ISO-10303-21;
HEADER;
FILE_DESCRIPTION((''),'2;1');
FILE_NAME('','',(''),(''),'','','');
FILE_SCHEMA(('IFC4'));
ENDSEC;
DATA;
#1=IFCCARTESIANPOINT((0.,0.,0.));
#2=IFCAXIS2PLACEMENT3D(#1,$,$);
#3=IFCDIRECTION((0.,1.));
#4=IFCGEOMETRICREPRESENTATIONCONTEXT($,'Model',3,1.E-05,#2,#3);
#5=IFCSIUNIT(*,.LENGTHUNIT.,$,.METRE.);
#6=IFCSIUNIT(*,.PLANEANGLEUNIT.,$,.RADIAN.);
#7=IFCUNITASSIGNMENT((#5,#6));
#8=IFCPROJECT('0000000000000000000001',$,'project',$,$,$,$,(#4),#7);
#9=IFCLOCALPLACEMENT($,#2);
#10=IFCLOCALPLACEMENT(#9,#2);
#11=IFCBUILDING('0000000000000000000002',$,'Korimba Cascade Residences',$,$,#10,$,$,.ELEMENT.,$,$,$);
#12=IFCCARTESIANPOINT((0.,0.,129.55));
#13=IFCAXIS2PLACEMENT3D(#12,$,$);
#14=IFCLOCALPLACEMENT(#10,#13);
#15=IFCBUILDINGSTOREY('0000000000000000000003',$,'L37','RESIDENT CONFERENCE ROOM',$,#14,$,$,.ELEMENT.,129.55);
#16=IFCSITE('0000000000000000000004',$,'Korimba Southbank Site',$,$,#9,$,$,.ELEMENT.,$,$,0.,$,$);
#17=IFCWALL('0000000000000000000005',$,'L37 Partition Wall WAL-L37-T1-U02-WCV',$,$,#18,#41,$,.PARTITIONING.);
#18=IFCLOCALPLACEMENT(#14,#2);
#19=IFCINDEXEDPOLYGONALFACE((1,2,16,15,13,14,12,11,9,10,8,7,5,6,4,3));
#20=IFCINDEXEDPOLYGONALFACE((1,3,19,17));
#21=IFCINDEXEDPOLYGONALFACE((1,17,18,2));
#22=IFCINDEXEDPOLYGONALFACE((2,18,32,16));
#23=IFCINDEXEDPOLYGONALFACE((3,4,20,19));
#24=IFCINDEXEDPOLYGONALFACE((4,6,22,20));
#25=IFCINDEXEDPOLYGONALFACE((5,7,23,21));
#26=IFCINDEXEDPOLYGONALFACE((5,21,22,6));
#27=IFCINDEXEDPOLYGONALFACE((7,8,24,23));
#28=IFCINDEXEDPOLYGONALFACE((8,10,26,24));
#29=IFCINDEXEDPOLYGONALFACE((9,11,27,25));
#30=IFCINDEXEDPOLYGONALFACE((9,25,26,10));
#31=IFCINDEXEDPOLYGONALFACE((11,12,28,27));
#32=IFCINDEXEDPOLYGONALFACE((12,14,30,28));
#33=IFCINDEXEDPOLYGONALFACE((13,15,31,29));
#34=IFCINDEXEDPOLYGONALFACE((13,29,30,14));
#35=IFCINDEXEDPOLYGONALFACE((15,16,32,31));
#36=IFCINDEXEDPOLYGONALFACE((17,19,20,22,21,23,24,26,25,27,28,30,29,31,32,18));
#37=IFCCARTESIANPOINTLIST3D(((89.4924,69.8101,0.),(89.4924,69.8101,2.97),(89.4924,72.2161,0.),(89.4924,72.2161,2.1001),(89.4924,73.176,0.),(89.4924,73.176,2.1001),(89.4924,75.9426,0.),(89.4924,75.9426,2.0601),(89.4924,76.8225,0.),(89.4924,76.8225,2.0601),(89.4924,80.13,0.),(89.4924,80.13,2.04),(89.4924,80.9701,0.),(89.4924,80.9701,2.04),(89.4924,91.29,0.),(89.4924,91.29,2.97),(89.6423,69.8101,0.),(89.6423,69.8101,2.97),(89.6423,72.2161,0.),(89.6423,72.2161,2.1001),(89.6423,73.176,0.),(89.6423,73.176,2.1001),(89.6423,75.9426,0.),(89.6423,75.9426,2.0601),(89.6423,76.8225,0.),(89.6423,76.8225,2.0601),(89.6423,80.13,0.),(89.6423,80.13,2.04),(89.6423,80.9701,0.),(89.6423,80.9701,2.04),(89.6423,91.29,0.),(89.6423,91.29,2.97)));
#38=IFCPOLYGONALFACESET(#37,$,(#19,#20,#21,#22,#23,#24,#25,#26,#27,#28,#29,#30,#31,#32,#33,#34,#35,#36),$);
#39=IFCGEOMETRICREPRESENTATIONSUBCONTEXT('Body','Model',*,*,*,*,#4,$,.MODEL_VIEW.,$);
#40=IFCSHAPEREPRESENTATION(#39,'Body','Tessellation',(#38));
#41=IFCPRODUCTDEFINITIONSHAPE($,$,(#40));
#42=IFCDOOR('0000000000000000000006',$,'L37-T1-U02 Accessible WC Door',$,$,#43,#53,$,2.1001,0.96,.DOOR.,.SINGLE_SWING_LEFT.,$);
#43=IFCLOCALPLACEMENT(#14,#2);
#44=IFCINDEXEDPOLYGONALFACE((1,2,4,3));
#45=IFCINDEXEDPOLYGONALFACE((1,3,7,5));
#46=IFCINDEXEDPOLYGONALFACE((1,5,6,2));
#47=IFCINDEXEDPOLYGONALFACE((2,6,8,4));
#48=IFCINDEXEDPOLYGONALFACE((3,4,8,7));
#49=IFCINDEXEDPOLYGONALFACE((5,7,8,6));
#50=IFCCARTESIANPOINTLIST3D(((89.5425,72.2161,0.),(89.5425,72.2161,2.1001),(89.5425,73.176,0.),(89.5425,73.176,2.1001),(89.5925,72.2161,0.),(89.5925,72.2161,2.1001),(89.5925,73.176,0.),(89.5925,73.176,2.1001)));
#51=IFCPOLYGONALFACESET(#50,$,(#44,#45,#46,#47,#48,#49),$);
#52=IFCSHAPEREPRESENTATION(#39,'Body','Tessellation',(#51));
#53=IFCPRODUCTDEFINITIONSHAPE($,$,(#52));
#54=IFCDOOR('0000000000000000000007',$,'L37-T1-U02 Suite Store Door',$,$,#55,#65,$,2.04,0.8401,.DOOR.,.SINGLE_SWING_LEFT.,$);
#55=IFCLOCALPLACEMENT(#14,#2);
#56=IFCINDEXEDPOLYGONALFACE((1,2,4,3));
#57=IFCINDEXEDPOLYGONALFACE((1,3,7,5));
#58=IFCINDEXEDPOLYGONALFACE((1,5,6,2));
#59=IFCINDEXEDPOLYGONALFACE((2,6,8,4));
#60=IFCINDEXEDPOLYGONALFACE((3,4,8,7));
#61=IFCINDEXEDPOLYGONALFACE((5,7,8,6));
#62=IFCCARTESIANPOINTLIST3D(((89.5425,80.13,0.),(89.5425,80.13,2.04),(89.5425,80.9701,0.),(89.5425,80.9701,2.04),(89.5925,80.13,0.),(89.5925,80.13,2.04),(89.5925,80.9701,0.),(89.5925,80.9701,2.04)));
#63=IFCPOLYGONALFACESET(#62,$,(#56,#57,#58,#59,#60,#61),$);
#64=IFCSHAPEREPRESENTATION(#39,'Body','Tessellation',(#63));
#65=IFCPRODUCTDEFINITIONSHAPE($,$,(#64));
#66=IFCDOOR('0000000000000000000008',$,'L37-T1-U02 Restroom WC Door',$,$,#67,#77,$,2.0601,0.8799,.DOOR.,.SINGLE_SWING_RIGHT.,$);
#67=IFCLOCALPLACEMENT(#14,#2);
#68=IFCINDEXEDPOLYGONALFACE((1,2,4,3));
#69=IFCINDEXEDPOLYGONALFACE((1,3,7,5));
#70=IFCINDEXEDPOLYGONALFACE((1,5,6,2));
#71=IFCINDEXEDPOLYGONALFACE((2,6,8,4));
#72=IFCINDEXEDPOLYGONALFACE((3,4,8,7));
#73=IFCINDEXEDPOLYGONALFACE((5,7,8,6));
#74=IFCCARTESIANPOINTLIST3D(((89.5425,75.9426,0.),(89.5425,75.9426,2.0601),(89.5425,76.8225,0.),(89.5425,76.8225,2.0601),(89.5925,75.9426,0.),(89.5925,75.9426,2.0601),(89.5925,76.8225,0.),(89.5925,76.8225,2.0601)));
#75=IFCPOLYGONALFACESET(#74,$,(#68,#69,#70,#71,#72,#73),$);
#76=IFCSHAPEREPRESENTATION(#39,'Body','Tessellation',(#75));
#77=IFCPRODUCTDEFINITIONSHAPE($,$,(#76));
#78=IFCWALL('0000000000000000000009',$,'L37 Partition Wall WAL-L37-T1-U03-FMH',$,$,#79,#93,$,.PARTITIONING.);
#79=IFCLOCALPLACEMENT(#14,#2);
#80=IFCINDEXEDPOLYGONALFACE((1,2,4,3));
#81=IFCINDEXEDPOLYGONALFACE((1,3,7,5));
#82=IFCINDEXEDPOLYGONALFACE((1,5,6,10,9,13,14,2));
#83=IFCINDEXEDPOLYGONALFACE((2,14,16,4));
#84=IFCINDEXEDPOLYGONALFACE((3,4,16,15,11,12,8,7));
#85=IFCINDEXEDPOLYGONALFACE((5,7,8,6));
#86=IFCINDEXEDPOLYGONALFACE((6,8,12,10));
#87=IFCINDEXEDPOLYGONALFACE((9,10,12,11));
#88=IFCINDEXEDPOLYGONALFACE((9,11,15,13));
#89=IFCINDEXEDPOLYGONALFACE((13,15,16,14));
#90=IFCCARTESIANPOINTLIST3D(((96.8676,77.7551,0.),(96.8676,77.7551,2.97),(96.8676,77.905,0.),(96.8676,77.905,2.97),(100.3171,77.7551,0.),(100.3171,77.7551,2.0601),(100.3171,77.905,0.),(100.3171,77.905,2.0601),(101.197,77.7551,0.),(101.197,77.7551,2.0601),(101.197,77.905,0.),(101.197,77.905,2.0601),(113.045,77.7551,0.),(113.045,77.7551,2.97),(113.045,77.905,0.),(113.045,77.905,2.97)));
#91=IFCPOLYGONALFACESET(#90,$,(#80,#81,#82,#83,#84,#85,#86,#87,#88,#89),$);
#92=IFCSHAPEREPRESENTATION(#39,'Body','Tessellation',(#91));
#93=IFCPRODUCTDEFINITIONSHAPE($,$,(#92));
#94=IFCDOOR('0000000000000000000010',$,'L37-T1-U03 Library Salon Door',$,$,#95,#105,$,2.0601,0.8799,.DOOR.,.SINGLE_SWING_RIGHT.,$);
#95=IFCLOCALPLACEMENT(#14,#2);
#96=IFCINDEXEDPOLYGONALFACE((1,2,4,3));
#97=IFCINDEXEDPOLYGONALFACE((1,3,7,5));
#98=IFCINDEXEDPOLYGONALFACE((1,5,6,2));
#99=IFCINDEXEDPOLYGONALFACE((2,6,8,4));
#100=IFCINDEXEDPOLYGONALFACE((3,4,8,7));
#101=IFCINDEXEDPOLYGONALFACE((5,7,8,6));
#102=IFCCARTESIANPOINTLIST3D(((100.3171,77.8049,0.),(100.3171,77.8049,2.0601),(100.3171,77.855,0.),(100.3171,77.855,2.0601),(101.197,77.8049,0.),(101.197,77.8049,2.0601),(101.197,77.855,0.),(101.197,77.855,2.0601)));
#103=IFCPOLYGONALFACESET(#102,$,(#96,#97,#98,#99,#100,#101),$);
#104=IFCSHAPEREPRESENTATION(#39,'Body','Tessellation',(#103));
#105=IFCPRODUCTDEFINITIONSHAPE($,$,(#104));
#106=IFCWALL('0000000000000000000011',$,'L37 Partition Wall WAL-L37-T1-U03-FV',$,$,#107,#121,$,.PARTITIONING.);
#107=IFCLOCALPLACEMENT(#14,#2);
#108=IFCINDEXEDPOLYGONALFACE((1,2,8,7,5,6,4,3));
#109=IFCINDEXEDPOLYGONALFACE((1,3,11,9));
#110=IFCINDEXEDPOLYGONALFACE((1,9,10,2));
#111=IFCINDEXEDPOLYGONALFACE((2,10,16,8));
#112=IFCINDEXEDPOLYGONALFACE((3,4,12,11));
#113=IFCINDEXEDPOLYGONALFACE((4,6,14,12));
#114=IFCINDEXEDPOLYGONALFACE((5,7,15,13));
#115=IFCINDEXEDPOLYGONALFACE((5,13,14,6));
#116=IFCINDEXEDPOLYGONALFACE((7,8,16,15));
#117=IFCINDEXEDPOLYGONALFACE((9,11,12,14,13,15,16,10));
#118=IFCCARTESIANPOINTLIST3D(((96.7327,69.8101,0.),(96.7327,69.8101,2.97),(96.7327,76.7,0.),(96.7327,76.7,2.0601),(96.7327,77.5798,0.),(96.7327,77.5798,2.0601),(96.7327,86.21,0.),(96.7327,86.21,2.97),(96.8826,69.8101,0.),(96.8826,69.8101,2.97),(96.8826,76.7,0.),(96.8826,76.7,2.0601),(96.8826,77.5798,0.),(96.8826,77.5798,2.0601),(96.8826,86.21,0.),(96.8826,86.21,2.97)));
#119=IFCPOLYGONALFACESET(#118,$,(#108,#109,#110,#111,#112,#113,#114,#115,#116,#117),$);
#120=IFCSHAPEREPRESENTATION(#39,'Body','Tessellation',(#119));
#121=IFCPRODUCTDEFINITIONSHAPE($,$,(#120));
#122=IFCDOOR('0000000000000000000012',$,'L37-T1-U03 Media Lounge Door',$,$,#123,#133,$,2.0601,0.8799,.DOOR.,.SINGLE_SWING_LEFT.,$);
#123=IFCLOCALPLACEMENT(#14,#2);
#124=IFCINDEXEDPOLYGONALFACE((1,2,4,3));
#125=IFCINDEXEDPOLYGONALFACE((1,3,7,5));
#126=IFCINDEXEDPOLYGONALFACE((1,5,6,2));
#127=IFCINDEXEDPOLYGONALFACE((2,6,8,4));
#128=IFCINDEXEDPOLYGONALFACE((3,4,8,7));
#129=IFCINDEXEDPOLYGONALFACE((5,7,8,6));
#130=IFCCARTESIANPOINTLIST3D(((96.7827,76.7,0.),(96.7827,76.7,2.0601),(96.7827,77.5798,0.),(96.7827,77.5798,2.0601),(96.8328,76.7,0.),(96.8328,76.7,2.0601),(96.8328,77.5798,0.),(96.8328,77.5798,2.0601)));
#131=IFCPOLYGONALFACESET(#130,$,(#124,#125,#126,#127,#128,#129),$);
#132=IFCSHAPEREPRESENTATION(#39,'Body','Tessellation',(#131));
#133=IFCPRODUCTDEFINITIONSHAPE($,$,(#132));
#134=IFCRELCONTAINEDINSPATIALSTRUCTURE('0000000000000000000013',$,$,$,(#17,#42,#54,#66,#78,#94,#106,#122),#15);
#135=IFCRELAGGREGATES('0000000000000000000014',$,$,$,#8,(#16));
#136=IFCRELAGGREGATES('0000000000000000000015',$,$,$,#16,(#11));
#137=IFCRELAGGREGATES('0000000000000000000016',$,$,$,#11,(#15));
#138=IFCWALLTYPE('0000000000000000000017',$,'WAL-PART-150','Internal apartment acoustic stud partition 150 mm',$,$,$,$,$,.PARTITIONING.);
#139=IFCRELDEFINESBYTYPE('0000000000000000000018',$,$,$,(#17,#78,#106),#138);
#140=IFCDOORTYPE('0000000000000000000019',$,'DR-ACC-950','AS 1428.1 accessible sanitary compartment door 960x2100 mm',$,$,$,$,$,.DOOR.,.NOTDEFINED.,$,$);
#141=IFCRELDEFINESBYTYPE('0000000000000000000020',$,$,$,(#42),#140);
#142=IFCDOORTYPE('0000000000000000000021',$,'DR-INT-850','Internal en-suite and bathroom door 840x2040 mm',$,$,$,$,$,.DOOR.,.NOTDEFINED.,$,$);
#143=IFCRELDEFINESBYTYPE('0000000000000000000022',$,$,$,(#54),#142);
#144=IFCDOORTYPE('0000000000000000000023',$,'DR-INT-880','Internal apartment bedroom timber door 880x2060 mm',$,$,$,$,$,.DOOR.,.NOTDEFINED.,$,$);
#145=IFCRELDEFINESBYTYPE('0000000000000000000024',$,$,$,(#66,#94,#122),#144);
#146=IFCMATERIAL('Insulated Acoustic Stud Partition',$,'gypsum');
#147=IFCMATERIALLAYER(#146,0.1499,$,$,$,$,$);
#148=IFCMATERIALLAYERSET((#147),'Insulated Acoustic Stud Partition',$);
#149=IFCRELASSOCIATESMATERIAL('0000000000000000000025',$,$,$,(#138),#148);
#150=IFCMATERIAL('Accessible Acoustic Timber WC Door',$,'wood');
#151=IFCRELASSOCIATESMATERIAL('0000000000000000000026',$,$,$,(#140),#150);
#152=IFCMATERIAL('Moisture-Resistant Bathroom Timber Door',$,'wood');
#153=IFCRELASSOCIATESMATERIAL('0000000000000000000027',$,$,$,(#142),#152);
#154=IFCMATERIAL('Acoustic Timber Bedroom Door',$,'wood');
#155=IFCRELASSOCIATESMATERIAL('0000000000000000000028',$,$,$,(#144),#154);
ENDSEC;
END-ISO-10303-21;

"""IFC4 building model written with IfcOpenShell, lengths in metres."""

from ifc_helpers import new_model, si_unit, direction, frame, frame_2d, origin, place, context, subcontext, project, spatial, rectangle, extrude, material, layer, layer_set, type_object, element, fill, save


model = new_model("IFC4")

# Units and contexts
model_context = context("Model", 3, precision=1e-05, world=origin(), true_north=direction((0.0, 1.0)))
body_context = subcontext(model_context, "Body", "Model", "MODEL_VIEW")
ifc_project = project(units=[si_unit("LENGTHUNIT", "METRE"), si_unit("PLANEANGLEUNIT", "RADIAN")], contexts=[model_context])

# Site, building, storey
site_placement = place(None, origin())
site = spatial("IfcSite", under=ifc_project, at=site_placement, Name="Korimba Southbank Site", CompositionType="ELEMENT", RefElevation=0.0)
building_placement = place(site_placement, origin())
building = spatial("IfcBuilding", under=site, at=building_placement, Name="Korimba Cascade Residences", CompositionType="ELEMENT")
storey_placement = place(building_placement, frame((0.0, 0.0, 129.55)))
storey = spatial("IfcBuildingStorey", under=building, at=storey_placement, Name="L37", Description="RESIDENT CONFERENCE ROOM", CompositionType="ELEMENT", Elevation=129.55)

# Shared definitions
ifc_material_1 = material(Name="Insulated Acoustic Stud Partition", Category="gypsum")
ifc_layer_1 = layer(ifc_material_1, 0.1499)
ifc_layer_set_1 = layer_set([ifc_layer_1], Name="Insulated Acoustic Stud Partition")
wall_type_1 = type_object("IfcWallType", Name="WAL-PART-150", Description="Internal apartment acoustic stud partition 150 mm", PredefinedType="PARTITIONING", material=ifc_layer_set_1)

# Wall, openings, doors
wall_1_placement = place(storey_placement, frame((89.5674, 69.8101, 0.0), z_axis=(0.0, 0.0, 1.0), x_axis=(0.0, 1.0, 0.0)))
wall_1 = element("IfcWall", 1, at=wall_1_placement, inside=storey, type_object=wall_type_1, Name="L37 Partition Wall WAL-L37-T1-U02-WCV", PredefinedType="PARTITIONING", context=body_context, shape_type="SweptSolid", body=[
    extrude(rectangle(XDim=21.48, YDim=0.1499, at=frame_2d((10.74, 0.0))), origin(), (0.0, 0.0, 1.0), 2.97),
])
opening_1_placement = place(wall_1_placement, frame((2.406, 0.0, 0.0)))
opening_1 = element("IfcOpeningElement", 2, at=opening_1_placement, cuts=wall_1, PredefinedType="OPENING", context=body_context, shape_type="SweptSolid", body=[
    extrude(rectangle(XDim=0.96, YDim=2.1001, at=frame_2d((0.48, 1.05))), frame((0.0, 0.085, 0.0), z_axis=(0.0, -1.0, 0.0), x_axis=(1.0, 0.0, 0.0)), (0.0, 0.0, 1.0), 0.1699),
])
opening_2_placement = place(wall_1_placement, frame((6.1326, 0.0, 0.0)))
opening_2 = element("IfcOpeningElement", 3, at=opening_2_placement, cuts=wall_1, PredefinedType="OPENING", context=body_context, shape_type="SweptSolid", body=[
    extrude(rectangle(XDim=0.8799, YDim=2.0601, at=frame_2d((0.4399, 1.03))), frame((0.0, 0.085, 0.0), z_axis=(0.0, -1.0, 0.0), x_axis=(1.0, 0.0, 0.0)), (0.0, 0.0, 1.0), 0.1699),
])
opening_3_placement = place(wall_1_placement, frame((10.3201, 0.0, 0.0)))
opening_3 = element("IfcOpeningElement", 4, at=opening_3_placement, cuts=wall_1, PredefinedType="OPENING", context=body_context, shape_type="SweptSolid", body=[
    extrude(rectangle(XDim=0.8401, YDim=2.04, at=frame_2d((0.4199, 1.02))), frame((0.0, 0.085, 0.0), z_axis=(0.0, -1.0, 0.0), x_axis=(1.0, 0.0, 0.0)), (0.0, 0.0, 1.0), 0.1699),
])
ifc_material_2 = material(Name="Accessible Acoustic Timber WC Door", Category="wood")
door_type_1 = type_object("IfcDoorType", Name="DR-ACC-950", Description="AS 1428.1 accessible sanitary compartment door 960x2100 mm", OperationType="NOTDEFINED", PredefinedType="DOOR", material=ifc_material_2)
door_1_placement = place(opening_1_placement, origin())
door_1 = element("IfcDoor", 5, at=door_1_placement, inside=storey, type_object=door_type_1, Name="L37-T1-U02 Accessible WC Door", OperationType="SINGLE_SWING_LEFT", OverallHeight=2.1001, OverallWidth=0.96, PredefinedType="DOOR", context=body_context, shape_type="SweptSolid", body=[
    extrude(rectangle(XDim=0.96, YDim=2.1001, at=frame_2d((0.48, 1.05))), frame((0.0, 0.0249, 0.0), z_axis=(0.0, -1.0, 0.0), x_axis=(1.0, 0.0, 0.0)), (0.0, 0.0, 1.0), 0.05),
])
fill(opening_1, door_1)
ifc_material_3 = material(Name="Moisture-Resistant Bathroom Timber Door", Category="wood")
door_type_2 = type_object("IfcDoorType", Name="DR-INT-850", Description="Internal en-suite and bathroom door 840x2040 mm", OperationType="NOTDEFINED", PredefinedType="DOOR", material=ifc_material_3)
door_2_placement = place(opening_3_placement, origin())
door_2 = element("IfcDoor", 6, at=door_2_placement, inside=storey, type_object=door_type_2, Name="L37-T1-U02 Suite Store Door", OperationType="SINGLE_SWING_LEFT", OverallHeight=2.04, OverallWidth=0.8401, PredefinedType="DOOR", context=body_context, shape_type="SweptSolid", body=[
    extrude(rectangle(XDim=0.8401, YDim=2.04, at=frame_2d((0.4199, 1.02))), frame((0.0, 0.0249, 0.0), z_axis=(0.0, -1.0, 0.0), x_axis=(1.0, 0.0, 0.0)), (0.0, 0.0, 1.0), 0.05),
])
fill(opening_3, door_2)
ifc_material_4 = material(Name="Acoustic Timber Bedroom Door", Category="wood")
door_type_3 = type_object("IfcDoorType", Name="DR-INT-880", Description="Internal apartment bedroom timber door 880x2060 mm", OperationType="NOTDEFINED", PredefinedType="DOOR", material=ifc_material_4)
door_3_placement = place(opening_2_placement, origin())
door_3 = element("IfcDoor", 7, at=door_3_placement, inside=storey, type_object=door_type_3, Name="L37-T1-U02 Restroom WC Door", OperationType="SINGLE_SWING_RIGHT", OverallHeight=2.0601, OverallWidth=0.8799, PredefinedType="DOOR", context=body_context, shape_type="SweptSolid", body=[
    extrude(rectangle(XDim=0.8799, YDim=2.0601, at=frame_2d((0.4399, 1.03))), frame((0.0, 0.0249, 0.0), z_axis=(0.0, -1.0, 0.0), x_axis=(1.0, 0.0, 0.0)), (0.0, 0.0, 1.0), 0.05),
])
fill(opening_2, door_3)

# Walls, openings, doors
wall_2_placement = place(storey_placement, frame((96.8674, 77.8301, 0.0), z_axis=(0.0, 0.0, 1.0), x_axis=(1.0, 0.0, 0.0)))
wall_2 = element("IfcWall", 8, at=wall_2_placement, inside=storey, type_object=wall_type_1, Name="L37 Partition Wall WAL-L37-T1-U03-FMH", PredefinedType="PARTITIONING", context=body_context, shape_type="SweptSolid", body=[
    extrude(rectangle(XDim=16.1775, YDim=0.1499, at=frame_2d((8.0889, 0.0))), origin(), (0.0, 0.0, 1.0), 2.97),
])
opening_4_placement = place(wall_2_placement, frame((3.4497, 0.0, 0.0)))
opening_4 = element("IfcOpeningElement", 9, at=opening_4_placement, cuts=wall_2, PredefinedType="OPENING", context=body_context, shape_type="SweptSolid", body=[
    extrude(rectangle(XDim=0.8799, YDim=2.0601, at=frame_2d((0.4399, 1.03))), frame((0.0, 0.085, 0.0), z_axis=(0.0, -1.0, 0.0), x_axis=(1.0, 0.0, 0.0)), (0.0, 0.0, 1.0), 0.1699),
])
door_4_placement = place(opening_4_placement, origin())
door_4 = element("IfcDoor", 10, at=door_4_placement, inside=storey, type_object=door_type_3, Name="L37-T1-U03 Library Salon Door", OperationType="SINGLE_SWING_RIGHT", OverallHeight=2.0601, OverallWidth=0.8799, PredefinedType="DOOR", context=body_context, shape_type="SweptSolid", body=[
    extrude(rectangle(XDim=0.8799, YDim=2.0601, at=frame_2d((0.4399, 1.03))), frame((0.0, 0.0249, 0.0), z_axis=(0.0, -1.0, 0.0), x_axis=(1.0, 0.0, 0.0)), (0.0, 0.0, 1.0), 0.05),
])
fill(opening_4, door_4)
wall_3_placement = place(storey_placement, frame((96.8076, 69.8101, 0.0), z_axis=(0.0, 0.0, 1.0), x_axis=(0.0, 1.0, 0.0)))
wall_3 = element("IfcWall", 11, at=wall_3_placement, inside=storey, type_object=wall_type_1, Name="L37 Partition Wall WAL-L37-T1-U03-FV", PredefinedType="PARTITIONING", context=body_context, shape_type="SweptSolid", body=[
    extrude(rectangle(XDim=16.3999, YDim=0.1499, at=frame_2d((8.2, 0.0))), origin(), (0.0, 0.0, 1.0), 2.97),
])
opening_5_placement = place(wall_3_placement, frame((6.8899, 0.0, 0.0)))
opening_5 = element("IfcOpeningElement", 12, at=opening_5_placement, cuts=wall_3, PredefinedType="OPENING", context=body_context, shape_type="SweptSolid", body=[
    extrude(rectangle(XDim=0.8799, YDim=2.0601, at=frame_2d((0.4399, 1.03))), frame((0.0, 0.085, 0.0), z_axis=(0.0, -1.0, 0.0), x_axis=(1.0, 0.0, 0.0)), (0.0, 0.0, 1.0), 0.1699),
])
door_5_placement = place(opening_5_placement, origin())
door_5 = element("IfcDoor", 13, at=door_5_placement, inside=storey, type_object=door_type_3, Name="L37-T1-U03 Media Lounge Door", OperationType="SINGLE_SWING_LEFT", OverallHeight=2.0601, OverallWidth=0.8799, PredefinedType="DOOR", context=body_context, shape_type="SweptSolid", body=[
    extrude(rectangle(XDim=0.8799, YDim=2.0601, at=frame_2d((0.4399, 1.03))), frame((0.0, 0.0249, 0.0), z_axis=(0.0, -1.0, 0.0), x_axis=(1.0, 0.0, 0.0)), (0.0, 0.0, 1.0), 0.05),
])
fill(opening_5, door_5)

save(model, "model.ifc")
